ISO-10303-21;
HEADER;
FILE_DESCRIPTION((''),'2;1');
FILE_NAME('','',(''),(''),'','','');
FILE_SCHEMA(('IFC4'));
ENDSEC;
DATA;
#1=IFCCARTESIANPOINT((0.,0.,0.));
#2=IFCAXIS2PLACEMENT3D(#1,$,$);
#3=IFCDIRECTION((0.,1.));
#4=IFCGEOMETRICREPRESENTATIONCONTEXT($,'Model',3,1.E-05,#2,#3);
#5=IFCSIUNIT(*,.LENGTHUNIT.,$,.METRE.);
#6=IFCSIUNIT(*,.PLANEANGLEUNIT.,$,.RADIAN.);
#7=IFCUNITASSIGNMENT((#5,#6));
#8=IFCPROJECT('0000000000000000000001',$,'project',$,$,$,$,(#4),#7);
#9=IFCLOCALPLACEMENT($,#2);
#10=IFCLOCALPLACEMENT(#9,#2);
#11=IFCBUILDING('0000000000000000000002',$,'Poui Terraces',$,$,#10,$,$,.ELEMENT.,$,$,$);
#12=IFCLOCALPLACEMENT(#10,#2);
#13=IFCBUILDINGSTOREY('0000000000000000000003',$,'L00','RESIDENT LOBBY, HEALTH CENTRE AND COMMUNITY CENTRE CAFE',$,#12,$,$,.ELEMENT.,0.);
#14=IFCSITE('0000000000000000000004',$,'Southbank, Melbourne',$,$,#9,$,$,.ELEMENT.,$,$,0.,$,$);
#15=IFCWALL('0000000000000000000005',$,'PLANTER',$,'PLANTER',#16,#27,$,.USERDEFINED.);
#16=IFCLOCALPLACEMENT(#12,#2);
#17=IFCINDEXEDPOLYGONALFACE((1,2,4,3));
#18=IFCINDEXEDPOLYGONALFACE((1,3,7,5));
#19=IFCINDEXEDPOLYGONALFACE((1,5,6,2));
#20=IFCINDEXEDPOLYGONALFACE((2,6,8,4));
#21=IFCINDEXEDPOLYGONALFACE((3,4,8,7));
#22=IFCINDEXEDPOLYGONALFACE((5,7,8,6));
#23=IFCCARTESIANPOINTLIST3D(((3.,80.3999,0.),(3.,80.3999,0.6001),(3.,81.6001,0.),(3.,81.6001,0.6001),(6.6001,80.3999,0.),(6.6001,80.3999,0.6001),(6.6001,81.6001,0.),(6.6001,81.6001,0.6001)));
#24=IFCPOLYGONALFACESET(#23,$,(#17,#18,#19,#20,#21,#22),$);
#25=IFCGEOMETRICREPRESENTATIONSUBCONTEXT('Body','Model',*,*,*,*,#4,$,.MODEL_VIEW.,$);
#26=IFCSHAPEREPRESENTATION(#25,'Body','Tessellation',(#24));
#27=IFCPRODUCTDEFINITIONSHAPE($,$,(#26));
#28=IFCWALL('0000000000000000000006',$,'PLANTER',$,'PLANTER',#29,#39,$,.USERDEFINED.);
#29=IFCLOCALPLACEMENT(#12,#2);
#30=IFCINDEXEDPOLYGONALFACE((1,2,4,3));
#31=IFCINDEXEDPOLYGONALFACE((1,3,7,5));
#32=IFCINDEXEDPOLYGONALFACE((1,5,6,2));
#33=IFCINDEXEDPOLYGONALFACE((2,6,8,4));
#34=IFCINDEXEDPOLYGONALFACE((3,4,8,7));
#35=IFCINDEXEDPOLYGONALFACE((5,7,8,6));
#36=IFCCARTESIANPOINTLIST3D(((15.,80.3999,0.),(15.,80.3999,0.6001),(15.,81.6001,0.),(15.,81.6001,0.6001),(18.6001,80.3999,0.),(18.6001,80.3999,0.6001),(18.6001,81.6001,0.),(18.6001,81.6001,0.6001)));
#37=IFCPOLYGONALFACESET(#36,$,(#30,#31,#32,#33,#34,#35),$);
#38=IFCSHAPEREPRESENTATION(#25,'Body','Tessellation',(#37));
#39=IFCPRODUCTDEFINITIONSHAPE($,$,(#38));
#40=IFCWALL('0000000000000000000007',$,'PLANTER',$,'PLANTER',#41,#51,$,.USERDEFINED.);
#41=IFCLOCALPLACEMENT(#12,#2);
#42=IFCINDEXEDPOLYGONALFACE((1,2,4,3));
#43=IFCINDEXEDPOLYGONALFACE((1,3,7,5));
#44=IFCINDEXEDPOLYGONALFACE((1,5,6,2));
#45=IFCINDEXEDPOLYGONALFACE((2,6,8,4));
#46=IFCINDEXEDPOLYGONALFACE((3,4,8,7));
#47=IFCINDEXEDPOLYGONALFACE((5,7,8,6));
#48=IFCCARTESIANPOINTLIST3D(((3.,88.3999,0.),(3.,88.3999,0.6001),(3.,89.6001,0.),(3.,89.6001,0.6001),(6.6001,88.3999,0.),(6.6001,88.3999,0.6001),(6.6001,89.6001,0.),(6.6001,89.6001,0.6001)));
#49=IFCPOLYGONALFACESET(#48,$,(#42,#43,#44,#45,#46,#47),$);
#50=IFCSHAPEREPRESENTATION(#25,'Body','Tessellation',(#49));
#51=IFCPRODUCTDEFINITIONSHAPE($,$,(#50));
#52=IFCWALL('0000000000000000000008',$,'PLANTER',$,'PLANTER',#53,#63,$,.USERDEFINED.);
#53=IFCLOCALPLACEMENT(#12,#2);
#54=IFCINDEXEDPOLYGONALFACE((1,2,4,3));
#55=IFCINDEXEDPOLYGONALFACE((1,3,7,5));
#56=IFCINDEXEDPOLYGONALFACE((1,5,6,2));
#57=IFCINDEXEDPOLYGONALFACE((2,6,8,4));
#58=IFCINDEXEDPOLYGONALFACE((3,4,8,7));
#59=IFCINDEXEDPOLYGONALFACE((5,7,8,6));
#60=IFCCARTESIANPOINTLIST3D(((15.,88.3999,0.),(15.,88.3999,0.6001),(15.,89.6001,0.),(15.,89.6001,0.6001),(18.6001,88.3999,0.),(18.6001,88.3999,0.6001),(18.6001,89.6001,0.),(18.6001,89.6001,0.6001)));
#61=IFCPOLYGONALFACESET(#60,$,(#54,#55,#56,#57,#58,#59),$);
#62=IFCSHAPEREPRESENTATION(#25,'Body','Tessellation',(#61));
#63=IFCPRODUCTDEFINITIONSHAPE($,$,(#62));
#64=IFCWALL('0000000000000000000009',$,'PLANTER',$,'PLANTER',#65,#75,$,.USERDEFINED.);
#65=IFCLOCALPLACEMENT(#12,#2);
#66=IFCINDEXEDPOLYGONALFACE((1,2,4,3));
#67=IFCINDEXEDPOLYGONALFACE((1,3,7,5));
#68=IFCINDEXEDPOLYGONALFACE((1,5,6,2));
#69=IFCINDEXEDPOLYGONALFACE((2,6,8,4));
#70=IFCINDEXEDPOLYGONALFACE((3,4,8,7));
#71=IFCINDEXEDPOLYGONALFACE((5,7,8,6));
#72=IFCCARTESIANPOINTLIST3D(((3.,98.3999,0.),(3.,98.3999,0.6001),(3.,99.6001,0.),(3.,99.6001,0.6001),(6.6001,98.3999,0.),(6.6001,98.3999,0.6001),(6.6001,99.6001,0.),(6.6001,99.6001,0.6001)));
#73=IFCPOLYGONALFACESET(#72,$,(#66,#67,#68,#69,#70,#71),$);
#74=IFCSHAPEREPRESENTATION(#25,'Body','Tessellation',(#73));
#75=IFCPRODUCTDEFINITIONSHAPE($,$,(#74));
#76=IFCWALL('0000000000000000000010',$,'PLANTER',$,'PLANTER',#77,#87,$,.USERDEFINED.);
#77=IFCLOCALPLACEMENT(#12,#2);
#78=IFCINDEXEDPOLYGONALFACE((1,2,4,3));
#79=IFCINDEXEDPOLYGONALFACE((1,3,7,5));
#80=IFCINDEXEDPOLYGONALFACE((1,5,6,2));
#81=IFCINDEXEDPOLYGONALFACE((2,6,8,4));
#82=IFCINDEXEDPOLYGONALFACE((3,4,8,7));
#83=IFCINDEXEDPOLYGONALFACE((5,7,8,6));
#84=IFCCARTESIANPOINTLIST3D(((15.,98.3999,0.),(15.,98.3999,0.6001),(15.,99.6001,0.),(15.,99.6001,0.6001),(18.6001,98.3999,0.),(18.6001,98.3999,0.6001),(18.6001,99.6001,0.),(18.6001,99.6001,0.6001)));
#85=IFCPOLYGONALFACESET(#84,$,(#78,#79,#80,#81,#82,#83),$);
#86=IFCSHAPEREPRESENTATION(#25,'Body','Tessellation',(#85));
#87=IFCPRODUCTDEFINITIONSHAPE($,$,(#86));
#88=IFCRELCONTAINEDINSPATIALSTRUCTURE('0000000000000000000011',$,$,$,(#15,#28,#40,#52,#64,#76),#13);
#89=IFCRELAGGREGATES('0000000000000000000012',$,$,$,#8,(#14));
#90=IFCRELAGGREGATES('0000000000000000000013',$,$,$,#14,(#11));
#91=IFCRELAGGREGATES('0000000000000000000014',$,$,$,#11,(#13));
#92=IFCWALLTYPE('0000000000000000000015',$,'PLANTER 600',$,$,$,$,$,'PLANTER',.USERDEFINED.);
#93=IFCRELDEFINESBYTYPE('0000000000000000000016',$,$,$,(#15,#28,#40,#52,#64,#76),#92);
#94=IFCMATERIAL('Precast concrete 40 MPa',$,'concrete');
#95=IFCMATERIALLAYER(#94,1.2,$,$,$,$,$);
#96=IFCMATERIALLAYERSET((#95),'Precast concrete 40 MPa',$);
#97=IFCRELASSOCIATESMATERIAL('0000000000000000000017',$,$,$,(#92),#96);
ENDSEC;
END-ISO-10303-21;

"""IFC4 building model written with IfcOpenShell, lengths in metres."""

from ifc_helpers import new_model, si_unit, direction, frame, origin, place, context, subcontext, project, spatial, polyline, outline, extrude, source, transform, mapped, material, layer, layer_set, type_object, element, save


model = new_model("IFC4")

# Units and contexts
model_context = context("Model", 3, precision=1e-05, world=origin(), true_north=direction((0.0, 1.0)))
body_context = subcontext(model_context, "Body", "Model", "MODEL_VIEW")
ifc_project = project(units=[si_unit("LENGTHUNIT", "METRE"), si_unit("PLANEANGLEUNIT", "RADIAN")], contexts=[model_context])

# Site, building, storey
site_placement = place(None, origin())
site = spatial("IfcSite", under=ifc_project, at=site_placement, Name="Southbank, Melbourne", CompositionType="ELEMENT", RefElevation=0.0)
building_placement = place(site_placement, origin())
building = spatial("IfcBuilding", under=site, at=building_placement, Name="Poui Terraces", CompositionType="ELEMENT")
storey_placement = place(building_placement, origin())
storey = spatial("IfcBuildingStorey", under=building, at=storey_placement, Name="L00", Description="RESIDENT LOBBY, HEALTH CENTRE AND COMMUNITY CENTRE CAFE", CompositionType="ELEMENT", Elevation=0.0)

# Shared definitions
ifc_material_1 = material(Name="Precast concrete 40 MPa", Category="concrete")

# Walls
ifc_layer_1 = layer(ifc_material_1, 1.2)
ifc_layer_set_1 = layer_set([ifc_layer_1], Name="Precast concrete 40 MPa")
wall_type_1 = type_object("IfcWallType", Name="PLANTER 600", ElementType="PLANTER", PredefinedType="USERDEFINED", material=ifc_layer_set_1)
shared_shape = source(origin(), body_context, "Body", "SweptSolid", [
    extrude(outline(polyline([(0.0, 0.0), (3.6001, 0.0), (3.6001, 1.2002), (0.0, 1.2002), (0.0, 0.0)])), origin(), (0.0, 0.0, 1.0), 0.6001),
])
for number, where, name in (
    (1, (3.0, 80.3999, 0.0), "PLANTER"),
    (2, (15.0, 80.3999, 0.0), "PLANTER"),
    (3, (3.0, 88.3999, 0.0), "PLANTER"),
    (4, (15.0, 88.3999, 0.0), "PLANTER"),
    (5, (3.0, 98.3999, 0.0), "PLANTER"),
    (6, (15.0, 98.3999, 0.0), "PLANTER"),
):
    element("IfcWall", number, at=place(storey_placement, frame(where)), inside=storey, type_object=wall_type_1, Name=name, ObjectType="PLANTER", PredefinedType="USERDEFINED", context=body_context, shape_type="MappedRepresentation", body=[
        mapped(shared_shape, transform((0.0, 0.0, 0.0))),
    ])

save(model, "model.ifc")
